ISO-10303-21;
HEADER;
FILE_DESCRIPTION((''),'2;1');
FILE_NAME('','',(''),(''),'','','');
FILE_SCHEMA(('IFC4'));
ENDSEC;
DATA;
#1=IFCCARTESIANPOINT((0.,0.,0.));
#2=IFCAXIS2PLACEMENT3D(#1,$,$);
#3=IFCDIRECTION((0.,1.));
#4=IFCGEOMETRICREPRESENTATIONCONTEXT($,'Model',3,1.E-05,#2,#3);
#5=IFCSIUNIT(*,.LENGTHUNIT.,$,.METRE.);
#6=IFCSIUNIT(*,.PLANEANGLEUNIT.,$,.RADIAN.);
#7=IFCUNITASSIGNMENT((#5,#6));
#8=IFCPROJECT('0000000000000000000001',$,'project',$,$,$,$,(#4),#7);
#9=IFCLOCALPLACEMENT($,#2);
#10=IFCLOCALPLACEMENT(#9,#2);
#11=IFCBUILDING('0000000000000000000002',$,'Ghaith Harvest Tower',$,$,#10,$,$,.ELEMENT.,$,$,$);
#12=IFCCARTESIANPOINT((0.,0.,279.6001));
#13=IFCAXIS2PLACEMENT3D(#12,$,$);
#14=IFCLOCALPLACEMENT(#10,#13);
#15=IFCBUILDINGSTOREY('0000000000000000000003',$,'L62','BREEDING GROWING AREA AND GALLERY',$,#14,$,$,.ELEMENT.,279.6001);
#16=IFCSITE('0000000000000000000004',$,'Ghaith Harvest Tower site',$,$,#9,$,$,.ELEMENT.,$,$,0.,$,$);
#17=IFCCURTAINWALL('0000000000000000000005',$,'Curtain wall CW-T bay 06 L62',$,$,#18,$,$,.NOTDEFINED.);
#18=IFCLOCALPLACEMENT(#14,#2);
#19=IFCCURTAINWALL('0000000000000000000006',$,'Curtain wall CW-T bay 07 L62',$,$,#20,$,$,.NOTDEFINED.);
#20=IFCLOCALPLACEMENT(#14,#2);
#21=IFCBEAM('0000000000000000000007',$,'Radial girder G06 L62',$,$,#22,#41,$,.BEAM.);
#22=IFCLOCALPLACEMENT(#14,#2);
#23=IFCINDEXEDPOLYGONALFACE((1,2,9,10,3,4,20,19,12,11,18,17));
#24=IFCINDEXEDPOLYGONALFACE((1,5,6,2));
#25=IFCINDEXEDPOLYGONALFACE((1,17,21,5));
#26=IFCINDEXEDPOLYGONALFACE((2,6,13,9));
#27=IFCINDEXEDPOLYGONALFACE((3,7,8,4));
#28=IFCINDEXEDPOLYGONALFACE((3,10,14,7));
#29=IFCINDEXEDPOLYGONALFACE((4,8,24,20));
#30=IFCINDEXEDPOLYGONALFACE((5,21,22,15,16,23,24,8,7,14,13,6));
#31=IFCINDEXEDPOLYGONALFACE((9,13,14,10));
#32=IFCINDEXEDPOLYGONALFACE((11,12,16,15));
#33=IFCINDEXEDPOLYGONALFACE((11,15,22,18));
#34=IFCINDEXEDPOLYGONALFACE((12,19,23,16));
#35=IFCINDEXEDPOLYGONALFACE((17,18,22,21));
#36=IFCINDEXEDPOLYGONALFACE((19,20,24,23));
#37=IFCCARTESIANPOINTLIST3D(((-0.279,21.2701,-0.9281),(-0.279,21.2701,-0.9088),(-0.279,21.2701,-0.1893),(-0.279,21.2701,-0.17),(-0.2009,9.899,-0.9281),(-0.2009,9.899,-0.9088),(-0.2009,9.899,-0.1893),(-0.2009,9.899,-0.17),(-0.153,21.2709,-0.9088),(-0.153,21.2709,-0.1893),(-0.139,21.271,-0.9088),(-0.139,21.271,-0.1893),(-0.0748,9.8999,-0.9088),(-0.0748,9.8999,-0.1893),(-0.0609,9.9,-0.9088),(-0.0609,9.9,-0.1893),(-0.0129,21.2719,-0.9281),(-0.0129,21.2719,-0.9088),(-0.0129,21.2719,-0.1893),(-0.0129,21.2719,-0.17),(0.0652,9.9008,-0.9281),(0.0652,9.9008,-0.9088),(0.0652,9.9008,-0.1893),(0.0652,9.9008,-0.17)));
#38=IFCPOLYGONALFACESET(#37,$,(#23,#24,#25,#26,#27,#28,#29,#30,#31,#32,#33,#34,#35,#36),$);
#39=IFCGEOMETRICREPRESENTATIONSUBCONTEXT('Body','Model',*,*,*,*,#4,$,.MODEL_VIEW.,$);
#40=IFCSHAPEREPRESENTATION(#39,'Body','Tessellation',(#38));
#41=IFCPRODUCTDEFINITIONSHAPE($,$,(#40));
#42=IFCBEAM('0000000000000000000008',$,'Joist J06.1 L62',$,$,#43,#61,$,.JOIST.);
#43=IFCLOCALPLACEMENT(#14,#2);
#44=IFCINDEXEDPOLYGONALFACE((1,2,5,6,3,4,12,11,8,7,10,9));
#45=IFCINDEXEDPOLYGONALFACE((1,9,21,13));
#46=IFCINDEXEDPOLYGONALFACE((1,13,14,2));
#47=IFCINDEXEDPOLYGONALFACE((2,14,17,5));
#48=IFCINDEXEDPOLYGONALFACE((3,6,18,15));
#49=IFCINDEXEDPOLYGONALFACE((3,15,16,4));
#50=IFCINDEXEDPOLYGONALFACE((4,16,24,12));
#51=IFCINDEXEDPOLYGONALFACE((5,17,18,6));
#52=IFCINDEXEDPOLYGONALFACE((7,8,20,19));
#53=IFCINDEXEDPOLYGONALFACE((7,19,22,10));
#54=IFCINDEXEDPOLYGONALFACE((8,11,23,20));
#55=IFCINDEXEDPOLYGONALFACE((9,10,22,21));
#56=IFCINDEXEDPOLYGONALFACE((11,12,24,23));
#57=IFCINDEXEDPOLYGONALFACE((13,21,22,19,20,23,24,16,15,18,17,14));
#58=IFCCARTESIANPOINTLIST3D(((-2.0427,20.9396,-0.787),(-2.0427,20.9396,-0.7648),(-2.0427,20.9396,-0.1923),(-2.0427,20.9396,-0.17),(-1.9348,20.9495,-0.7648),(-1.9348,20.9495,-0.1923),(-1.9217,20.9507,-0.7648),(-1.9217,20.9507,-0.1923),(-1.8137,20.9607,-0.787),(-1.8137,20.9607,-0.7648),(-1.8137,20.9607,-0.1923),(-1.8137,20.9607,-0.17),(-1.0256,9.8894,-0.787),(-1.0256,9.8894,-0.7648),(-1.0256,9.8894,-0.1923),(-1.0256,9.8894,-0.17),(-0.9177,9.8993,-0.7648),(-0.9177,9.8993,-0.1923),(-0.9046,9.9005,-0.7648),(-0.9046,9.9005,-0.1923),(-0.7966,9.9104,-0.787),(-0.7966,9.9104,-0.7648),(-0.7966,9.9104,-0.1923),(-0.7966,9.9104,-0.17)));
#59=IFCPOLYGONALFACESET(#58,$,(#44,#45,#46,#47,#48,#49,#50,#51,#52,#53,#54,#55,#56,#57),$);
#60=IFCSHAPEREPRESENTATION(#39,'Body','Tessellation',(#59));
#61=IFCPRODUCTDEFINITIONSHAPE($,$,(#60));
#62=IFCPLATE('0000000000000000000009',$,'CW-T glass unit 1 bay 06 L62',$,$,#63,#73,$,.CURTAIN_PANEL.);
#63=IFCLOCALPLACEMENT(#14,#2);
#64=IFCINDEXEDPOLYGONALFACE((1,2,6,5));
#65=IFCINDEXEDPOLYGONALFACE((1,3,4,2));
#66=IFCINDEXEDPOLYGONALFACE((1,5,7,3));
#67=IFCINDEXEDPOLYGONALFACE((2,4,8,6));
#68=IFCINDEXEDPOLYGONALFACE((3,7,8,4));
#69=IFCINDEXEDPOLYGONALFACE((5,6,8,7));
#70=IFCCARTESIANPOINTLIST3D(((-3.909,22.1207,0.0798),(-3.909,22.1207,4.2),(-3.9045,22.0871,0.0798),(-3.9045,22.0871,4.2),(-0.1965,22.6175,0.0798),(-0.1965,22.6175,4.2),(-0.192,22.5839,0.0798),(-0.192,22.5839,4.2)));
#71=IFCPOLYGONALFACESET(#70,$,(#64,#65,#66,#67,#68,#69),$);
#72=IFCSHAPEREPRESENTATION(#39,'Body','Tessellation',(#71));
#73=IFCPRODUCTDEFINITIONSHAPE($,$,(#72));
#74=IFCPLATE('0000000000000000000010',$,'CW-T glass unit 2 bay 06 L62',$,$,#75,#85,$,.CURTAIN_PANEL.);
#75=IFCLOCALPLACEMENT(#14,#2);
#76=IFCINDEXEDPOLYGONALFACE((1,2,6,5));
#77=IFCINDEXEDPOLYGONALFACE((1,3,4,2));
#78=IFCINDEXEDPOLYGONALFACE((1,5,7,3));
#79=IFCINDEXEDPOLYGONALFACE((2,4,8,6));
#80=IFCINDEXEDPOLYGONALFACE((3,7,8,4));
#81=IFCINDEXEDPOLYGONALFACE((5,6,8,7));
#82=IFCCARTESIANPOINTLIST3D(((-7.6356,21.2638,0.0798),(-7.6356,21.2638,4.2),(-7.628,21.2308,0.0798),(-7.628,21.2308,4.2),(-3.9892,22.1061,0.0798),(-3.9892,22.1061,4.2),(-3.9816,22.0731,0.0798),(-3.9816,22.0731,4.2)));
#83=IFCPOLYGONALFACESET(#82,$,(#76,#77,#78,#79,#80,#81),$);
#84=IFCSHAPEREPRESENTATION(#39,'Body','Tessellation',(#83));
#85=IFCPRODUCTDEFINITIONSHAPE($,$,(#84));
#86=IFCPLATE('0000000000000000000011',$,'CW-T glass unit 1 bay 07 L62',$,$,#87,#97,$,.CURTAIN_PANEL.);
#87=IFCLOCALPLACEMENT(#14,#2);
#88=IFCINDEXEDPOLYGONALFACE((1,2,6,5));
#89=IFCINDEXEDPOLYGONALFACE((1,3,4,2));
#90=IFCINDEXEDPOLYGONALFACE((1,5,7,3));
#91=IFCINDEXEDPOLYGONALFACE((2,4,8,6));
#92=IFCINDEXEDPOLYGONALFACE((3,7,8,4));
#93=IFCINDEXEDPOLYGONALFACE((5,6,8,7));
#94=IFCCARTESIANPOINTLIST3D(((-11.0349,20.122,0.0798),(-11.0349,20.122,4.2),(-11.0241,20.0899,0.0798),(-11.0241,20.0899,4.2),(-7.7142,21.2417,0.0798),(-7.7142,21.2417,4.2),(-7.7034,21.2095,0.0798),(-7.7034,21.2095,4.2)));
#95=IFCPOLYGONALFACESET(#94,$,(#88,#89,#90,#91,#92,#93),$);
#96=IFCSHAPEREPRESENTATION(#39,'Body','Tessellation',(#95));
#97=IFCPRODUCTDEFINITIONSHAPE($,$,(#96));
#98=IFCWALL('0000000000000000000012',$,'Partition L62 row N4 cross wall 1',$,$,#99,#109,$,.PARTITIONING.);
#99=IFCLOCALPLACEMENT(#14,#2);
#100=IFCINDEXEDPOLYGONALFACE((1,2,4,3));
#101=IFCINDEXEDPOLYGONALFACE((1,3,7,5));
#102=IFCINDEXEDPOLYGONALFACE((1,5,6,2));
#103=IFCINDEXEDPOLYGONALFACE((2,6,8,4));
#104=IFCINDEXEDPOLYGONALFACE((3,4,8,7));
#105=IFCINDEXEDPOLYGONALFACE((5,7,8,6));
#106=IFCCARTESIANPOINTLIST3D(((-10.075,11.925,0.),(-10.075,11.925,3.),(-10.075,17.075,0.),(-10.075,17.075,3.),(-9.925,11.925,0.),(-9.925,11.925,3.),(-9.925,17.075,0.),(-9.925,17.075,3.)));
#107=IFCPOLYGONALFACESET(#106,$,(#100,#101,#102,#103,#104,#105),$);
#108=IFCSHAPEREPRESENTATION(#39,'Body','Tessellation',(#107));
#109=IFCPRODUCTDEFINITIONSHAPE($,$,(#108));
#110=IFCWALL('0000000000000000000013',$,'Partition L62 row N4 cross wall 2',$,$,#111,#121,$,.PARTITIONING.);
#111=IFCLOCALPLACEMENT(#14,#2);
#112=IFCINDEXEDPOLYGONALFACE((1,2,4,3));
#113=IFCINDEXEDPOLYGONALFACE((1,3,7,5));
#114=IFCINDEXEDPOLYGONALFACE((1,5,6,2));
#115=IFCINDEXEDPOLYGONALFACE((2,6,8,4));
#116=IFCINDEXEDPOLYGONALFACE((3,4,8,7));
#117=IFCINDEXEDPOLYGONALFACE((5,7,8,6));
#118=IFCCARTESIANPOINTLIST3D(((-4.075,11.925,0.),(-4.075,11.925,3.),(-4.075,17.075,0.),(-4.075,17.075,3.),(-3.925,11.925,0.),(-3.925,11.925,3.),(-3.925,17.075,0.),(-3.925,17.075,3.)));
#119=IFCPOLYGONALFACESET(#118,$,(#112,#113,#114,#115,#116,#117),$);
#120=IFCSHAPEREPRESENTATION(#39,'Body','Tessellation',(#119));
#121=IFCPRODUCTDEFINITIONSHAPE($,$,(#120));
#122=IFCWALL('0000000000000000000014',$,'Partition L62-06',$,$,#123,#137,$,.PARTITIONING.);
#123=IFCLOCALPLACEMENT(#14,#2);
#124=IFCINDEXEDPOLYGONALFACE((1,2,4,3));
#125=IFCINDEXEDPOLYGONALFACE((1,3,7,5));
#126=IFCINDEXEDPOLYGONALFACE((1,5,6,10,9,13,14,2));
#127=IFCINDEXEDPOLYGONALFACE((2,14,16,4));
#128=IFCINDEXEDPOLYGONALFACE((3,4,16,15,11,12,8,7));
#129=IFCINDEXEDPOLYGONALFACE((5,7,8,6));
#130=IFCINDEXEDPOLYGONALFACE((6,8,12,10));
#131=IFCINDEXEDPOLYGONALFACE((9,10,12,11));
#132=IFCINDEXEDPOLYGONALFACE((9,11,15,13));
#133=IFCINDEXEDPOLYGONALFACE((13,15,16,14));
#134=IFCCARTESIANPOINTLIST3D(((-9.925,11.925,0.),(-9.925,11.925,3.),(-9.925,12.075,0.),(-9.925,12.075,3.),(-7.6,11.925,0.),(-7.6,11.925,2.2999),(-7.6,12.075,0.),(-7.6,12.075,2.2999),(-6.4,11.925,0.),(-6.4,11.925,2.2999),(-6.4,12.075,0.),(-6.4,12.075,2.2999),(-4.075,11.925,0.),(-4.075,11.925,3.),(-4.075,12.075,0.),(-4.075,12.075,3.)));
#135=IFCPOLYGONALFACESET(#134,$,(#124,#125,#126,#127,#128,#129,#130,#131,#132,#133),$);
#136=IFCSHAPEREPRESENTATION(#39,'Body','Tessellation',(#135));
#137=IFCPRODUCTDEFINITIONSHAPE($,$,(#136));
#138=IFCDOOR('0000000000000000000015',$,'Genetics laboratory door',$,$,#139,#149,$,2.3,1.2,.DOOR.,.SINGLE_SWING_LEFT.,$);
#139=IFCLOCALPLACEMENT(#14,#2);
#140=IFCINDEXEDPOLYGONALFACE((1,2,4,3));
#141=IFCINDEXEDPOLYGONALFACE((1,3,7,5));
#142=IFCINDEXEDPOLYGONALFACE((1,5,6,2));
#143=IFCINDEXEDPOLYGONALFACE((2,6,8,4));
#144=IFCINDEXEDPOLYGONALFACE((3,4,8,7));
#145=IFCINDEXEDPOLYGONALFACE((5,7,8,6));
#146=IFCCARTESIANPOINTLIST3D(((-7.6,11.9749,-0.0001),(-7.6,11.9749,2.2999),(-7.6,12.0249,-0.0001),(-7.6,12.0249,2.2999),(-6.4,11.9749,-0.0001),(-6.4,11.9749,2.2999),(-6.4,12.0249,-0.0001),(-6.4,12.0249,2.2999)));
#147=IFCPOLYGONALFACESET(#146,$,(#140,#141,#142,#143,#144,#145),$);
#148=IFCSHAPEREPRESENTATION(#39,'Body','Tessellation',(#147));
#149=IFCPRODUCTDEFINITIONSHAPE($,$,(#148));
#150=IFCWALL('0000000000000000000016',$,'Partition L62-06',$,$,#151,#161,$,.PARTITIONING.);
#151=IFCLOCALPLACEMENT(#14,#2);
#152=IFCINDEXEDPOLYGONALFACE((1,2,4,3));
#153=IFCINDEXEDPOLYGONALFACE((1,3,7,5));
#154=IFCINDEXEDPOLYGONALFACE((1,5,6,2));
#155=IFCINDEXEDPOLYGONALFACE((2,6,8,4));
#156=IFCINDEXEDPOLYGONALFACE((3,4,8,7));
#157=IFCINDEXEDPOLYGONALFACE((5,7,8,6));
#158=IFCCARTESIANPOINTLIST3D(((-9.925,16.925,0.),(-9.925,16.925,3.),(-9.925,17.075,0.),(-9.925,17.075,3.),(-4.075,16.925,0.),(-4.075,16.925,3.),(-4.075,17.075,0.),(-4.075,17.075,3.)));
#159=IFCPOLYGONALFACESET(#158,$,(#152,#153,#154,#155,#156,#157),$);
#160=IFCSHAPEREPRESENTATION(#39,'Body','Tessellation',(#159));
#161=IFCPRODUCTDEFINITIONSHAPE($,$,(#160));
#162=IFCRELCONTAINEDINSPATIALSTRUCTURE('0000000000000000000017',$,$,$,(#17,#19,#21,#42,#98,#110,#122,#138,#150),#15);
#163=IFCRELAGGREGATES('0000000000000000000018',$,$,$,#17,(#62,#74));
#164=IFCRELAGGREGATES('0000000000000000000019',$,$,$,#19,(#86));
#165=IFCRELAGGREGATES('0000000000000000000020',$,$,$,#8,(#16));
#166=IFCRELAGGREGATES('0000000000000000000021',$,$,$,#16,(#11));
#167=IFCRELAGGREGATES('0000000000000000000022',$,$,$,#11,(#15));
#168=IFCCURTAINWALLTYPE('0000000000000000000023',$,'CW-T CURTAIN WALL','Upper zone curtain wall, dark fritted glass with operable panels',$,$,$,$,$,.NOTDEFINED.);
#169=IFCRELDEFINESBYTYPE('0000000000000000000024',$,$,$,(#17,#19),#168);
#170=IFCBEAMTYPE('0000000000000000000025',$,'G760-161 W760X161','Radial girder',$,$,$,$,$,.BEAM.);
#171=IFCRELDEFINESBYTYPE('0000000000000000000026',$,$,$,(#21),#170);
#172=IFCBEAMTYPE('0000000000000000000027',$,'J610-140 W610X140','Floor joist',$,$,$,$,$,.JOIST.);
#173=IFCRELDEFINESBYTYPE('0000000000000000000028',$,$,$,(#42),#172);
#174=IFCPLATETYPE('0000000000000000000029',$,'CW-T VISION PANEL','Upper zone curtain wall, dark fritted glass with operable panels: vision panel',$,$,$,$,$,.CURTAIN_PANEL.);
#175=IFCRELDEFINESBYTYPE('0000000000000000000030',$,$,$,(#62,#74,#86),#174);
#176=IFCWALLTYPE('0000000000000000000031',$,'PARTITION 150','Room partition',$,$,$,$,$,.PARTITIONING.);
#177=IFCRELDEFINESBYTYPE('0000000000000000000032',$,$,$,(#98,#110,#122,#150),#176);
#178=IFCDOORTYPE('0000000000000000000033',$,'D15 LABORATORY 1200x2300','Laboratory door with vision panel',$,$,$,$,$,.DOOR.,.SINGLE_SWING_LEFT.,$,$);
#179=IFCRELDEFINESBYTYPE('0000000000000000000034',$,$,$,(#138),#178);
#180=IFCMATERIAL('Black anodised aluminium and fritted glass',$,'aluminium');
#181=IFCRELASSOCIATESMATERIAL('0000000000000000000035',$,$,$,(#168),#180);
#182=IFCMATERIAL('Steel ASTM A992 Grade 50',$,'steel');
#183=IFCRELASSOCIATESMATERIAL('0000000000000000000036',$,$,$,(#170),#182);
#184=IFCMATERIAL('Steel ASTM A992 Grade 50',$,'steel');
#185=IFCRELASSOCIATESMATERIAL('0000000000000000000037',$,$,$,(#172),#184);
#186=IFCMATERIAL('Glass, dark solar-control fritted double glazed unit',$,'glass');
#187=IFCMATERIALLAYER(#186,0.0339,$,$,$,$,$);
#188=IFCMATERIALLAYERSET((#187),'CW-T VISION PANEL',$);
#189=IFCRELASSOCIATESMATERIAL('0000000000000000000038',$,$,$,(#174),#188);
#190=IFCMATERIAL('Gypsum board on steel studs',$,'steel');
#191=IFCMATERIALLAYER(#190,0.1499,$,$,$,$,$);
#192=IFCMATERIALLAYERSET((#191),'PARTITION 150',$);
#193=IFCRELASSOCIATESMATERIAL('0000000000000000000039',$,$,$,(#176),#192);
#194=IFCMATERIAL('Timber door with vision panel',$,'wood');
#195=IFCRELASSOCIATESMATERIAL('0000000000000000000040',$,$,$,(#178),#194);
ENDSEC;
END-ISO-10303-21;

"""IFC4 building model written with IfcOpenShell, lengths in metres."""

from ifc_helpers import new_model, si_unit, direction, frame, frame_2d, origin, origin_2d, place, context, subcontext, project, spatial, rectangle, i_section, extrude, material, layer, layer_set, material_profile, profile_set, type_object, element, fill, aggregate, save


model = new_model("IFC4")

# Units and contexts
model_context = context("Model", 3, precision=1e-05, world=origin(), true_north=direction((0.0, 1.0)))
body_context = subcontext(model_context, "Body", "Model", "MODEL_VIEW")
ifc_project = project(units=[si_unit("LENGTHUNIT", "METRE"), si_unit("PLANEANGLEUNIT", "RADIAN")], contexts=[model_context])

# Site, building, storey
site_placement = place(None, origin())
site = spatial("IfcSite", under=ifc_project, at=site_placement, Name="Ghaith Harvest Tower site", CompositionType="ELEMENT", RefElevation=0.0)
building_placement = place(site_placement, origin())
building = spatial("IfcBuilding", under=site, at=building_placement, Name="Ghaith Harvest Tower", CompositionType="ELEMENT")
storey_placement = place(building_placement, frame((0.0, 0.0, 279.6001)))
storey = spatial("IfcBuildingStorey", under=building, at=storey_placement, Name="L62", Description="BREEDING GROWING AREA AND GALLERY", CompositionType="ELEMENT", Elevation=279.6001)

# Curtain walls
ifc_material_1 = material(Name="Black anodised aluminium and fritted glass", Category="aluminium")
curtain_wall_type = type_object("IfcCurtainWallType", Name="CW-T CURTAIN WALL", Description="Upper zone curtain wall, dark fritted glass with operable panels", PredefinedType="NOTDEFINED", material=ifc_material_1)
curtain_wall_1_placement = place(storey_placement, origin())
curtain_wall_1 = element("IfcCurtainWall", 1, at=curtain_wall_1_placement, inside=storey, type_object=curtain_wall_type, Name="Curtain wall CW-T bay 06 L62", PredefinedType="NOTDEFINED")
curtain_wall_2_placement = place(storey_placement, origin())
curtain_wall_2 = element("IfcCurtainWall", 2, at=curtain_wall_2_placement, inside=storey, type_object=curtain_wall_type, Name="Curtain wall CW-T bay 07 L62", PredefinedType="NOTDEFINED")

# Beams
ifc_material_2 = material(Name="Steel ASTM A992 Grade 50", Category="steel")
ifc_material_profile_1 = material_profile(ifc_material_2, i_section(OverallWidth=0.2661, OverallDepth=0.7581, WebThickness=0.0139, FlangeThickness=0.0193, at=origin_2d()), Name="W760X161")
ifc_profile_set_1 = profile_set([ifc_material_profile_1], Name="Steel ASTM A992 Grade 50")
beam_type_1 = type_object("IfcBeamType", Name="G760-161 W760X161", Description="Radial girder", PredefinedType="BEAM", material=ifc_profile_set_1)
beam_1_placement = place(storey_placement, frame((-0.0679, 9.8999, -0.5491), z_axis=(-0.00687, 0.999976, 0.0), x_axis=(-0.999976, -0.00687, 0.0)))
element("IfcBeam", 3, at=beam_1_placement, inside=storey, type_object=beam_type_1, Name="Radial girder G06 L62", PredefinedType="BEAM", context=body_context, shape_type="SweptSolid", body=[
    extrude(i_section(OverallWidth=0.2661, OverallDepth=0.7581, WebThickness=0.0139, FlangeThickness=0.0193, at=origin_2d()), origin(), (0.0, 0.0, 1.0), 11.3713),
])
ifc_material_3 = material(Name="Steel ASTM A992 Grade 50", Category="steel")
ifc_material_profile_2 = material_profile(ifc_material_3, i_section(OverallWidth=0.23, OverallDepth=0.6169, WebThickness=0.0132, FlangeThickness=0.0222, at=origin_2d()), Name="W610X140")
ifc_profile_set_2 = profile_set([ifc_material_profile_2], Name="Steel ASTM A992 Grade 50")
beam_type_2 = type_object("IfcBeamType", Name="J610-140 W610X140", Description="Floor joist", PredefinedType="JOIST", material=ifc_profile_set_2)
beam_2_placement = place(storey_placement, frame((-0.9111, 9.8999, -0.4785), z_axis=(-0.091654, 0.995791, 0.0), x_axis=(-0.995791, -0.091654, 0.0)))
element("IfcBeam", 4, at=beam_2_placement, inside=storey, type_object=beam_type_2, Name="Joist J06.1 L62", PredefinedType="JOIST", context=body_context, shape_type="SweptSolid", body=[
    extrude(i_section(OverallWidth=0.23, OverallDepth=0.6169, WebThickness=0.0132, FlangeThickness=0.0222, at=origin_2d()), origin(), (0.0, 0.0, 1.0), 11.0969),
])

# Plates
ifc_material_4 = material(Name="Glass, dark solar-control fritted double glazed unit", Category="glass")
ifc_layer_1 = layer(ifc_material_4, 0.0339)
ifc_layer_set_1 = layer_set([ifc_layer_1], Name="CW-T VISION PANEL")
plate_type = type_object("IfcPlateType", Name="CW-T VISION PANEL", Description="Upper zone curtain wall, dark fritted glass with operable panels: vision panel", PredefinedType="CURTAIN_PANEL", material=ifc_layer_set_1)
plate_1_placement = place(storey_placement, frame((-2.0505, 22.3523, 0.0798), z_axis=(0.0, 0.0, 1.0), x_axis=(-0.991165, -0.132633, 0.0)))
plate_1 = element("IfcPlate", 5, at=plate_1_placement, type_object=plate_type, Name="CW-T glass unit 1 bay 06 L62", PredefinedType="CURTAIN_PANEL", context=body_context, shape_type="SweptSolid", body=[
    extrude(rectangle(XDim=3.7456, YDim=0.0339, at=origin_2d()), origin(), (0.0, 0.0, 1.0), 4.1201),
])
plate_2_placement = place(storey_placement, frame((-5.8086, 21.6685, 0.0798), z_axis=(0.0, 0.0, 1.0), x_axis=(-0.974342, -0.225072, 0.0)))
plate_2 = element("IfcPlate", 6, at=plate_2_placement, type_object=plate_type, Name="CW-T glass unit 2 bay 06 L62", PredefinedType="CURTAIN_PANEL", context=body_context, shape_type="SweptSolid", body=[
    extrude(rectangle(XDim=3.7424, YDim=0.0339, at=origin_2d()), origin(), (0.0, 0.0, 1.0), 4.1201),
])
aggregate(curtain_wall_1, [plate_1, plate_2])
plate_3_placement = place(storey_placement, frame((-9.3691, 20.6658, 0.0798), z_axis=(0.0, 0.0, 1.0), x_axis=(-0.947586, -0.3195, 0.0)))
plate_3 = element("IfcPlate", 7, at=plate_3_placement, type_object=plate_type, Name="CW-T glass unit 1 bay 07 L62", PredefinedType="CURTAIN_PANEL", context=body_context, shape_type="SweptSolid", body=[
    extrude(rectangle(XDim=3.5044, YDim=0.0339, at=origin_2d()), origin(), (0.0, 0.0, 1.0), 4.1201),
])
aggregate(curtain_wall_2, [plate_3])

# Walls
ifc_material_5 = material(Name="Gypsum board on steel studs", Category="steel")
ifc_layer_2 = layer(ifc_material_5, 0.1499)
ifc_layer_set_2 = layer_set([ifc_layer_2], Name="PARTITION 150")
wall_type = type_object("IfcWallType", Name="PARTITION 150", Description="Room partition", PredefinedType="PARTITIONING", material=ifc_layer_set_2)
for number, where, z_axis, x_axis, name in (
    (8, (-10.0, 11.925, 0.0), (0.0, 0.0, 1.0), (0.0, 1.0, 0.0), "Partition L62 row N4 cross wall 1"),
    (9, (-4.0, 11.925, 0.0), (0.0, 0.0, 1.0), (0.0, 1.0, 0.0), "Partition L62 row N4 cross wall 2"),
):
    element("IfcWall", number, at=place(storey_placement, frame(where, z_axis=z_axis, x_axis=x_axis)), inside=storey, type_object=wall_type, Name=name, PredefinedType="PARTITIONING", context=body_context, shape_type="SweptSolid", body=[
        extrude(rectangle(XDim=5.1499, YDim=0.1499, at=frame_2d((2.575, 0.0))), origin(), (0.0, 0.0, 1.0), 3.0),
    ])

# Wall, opening, door
wall_1_placement = place(storey_placement, frame((-9.925, 12.0, 0.0), z_axis=(0.0, 0.0, 1.0), x_axis=(1.0, 0.0, 0.0)))
wall_1 = element("IfcWall", 10, at=wall_1_placement, inside=storey, type_object=wall_type, Name="Partition L62-06", PredefinedType="PARTITIONING", context=body_context, shape_type="SweptSolid", body=[
    extrude(rectangle(XDim=5.8501, YDim=0.1499, at=frame_2d((2.925, 0.0))), origin(), (0.0, 0.0, 1.0), 3.0),
])
opening_1_placement = place(wall_1_placement, frame((2.325, 0.0, 0.0)))
opening_1 = element("IfcOpeningElement", 11, at=opening_1_placement, cuts=wall_1, PredefinedType="OPENING", context=body_context, shape_type="SweptSolid", body=[
    extrude(rectangle(XDim=1.2, YDim=2.3, at=frame_2d((0.6001, 1.1499))), frame((0.0, 0.085, 0.0), z_axis=(0.0, -1.0, 0.0), x_axis=(1.0, 0.0, 0.0)), (0.0, 0.0, 1.0), 0.1699),
])
ifc_material_6 = material(Name="Timber door with vision panel", Category="wood")
door_type_1 = type_object("IfcDoorType", Name="D15 LABORATORY 1200x2300", Description="Laboratory door with vision panel", OperationType="SINGLE_SWING_LEFT", PredefinedType="DOOR", material=ifc_material_6)
door_1_placement = place(opening_1_placement, origin())
door_1 = element("IfcDoor", 12, at=door_1_placement, inside=storey, type_object=door_type_1, Name="Genetics laboratory door", OperationType="SINGLE_SWING_LEFT", OverallHeight=2.3, OverallWidth=1.2, PredefinedType="DOOR", context=body_context, shape_type="SweptSolid", body=[
    extrude(rectangle(XDim=1.2, YDim=2.3, at=frame_2d((0.6001, 1.1499))), frame((0.0, 0.0249, 0.0), z_axis=(0.0, -1.0, 0.0), x_axis=(1.0, 0.0, 0.0)), (0.0, 0.0, 1.0), 0.05),
])
fill(opening_1, door_1)

# Wall
wall_2_placement = place(storey_placement, frame((-9.925, 17.0, 0.0), z_axis=(0.0, 0.0, 1.0), x_axis=(1.0, 0.0, 0.0)))
element("IfcWall", 13, at=wall_2_placement, inside=storey, type_object=wall_type, Name="Partition L62-06", PredefinedType="PARTITIONING", context=body_context, shape_type="SweptSolid", body=[
    extrude(rectangle(XDim=5.8501, YDim=0.1499, at=frame_2d((2.925, 0.0))), origin(), (0.0, 0.0, 1.0), 3.0),
])

save(model, "model.ifc")
